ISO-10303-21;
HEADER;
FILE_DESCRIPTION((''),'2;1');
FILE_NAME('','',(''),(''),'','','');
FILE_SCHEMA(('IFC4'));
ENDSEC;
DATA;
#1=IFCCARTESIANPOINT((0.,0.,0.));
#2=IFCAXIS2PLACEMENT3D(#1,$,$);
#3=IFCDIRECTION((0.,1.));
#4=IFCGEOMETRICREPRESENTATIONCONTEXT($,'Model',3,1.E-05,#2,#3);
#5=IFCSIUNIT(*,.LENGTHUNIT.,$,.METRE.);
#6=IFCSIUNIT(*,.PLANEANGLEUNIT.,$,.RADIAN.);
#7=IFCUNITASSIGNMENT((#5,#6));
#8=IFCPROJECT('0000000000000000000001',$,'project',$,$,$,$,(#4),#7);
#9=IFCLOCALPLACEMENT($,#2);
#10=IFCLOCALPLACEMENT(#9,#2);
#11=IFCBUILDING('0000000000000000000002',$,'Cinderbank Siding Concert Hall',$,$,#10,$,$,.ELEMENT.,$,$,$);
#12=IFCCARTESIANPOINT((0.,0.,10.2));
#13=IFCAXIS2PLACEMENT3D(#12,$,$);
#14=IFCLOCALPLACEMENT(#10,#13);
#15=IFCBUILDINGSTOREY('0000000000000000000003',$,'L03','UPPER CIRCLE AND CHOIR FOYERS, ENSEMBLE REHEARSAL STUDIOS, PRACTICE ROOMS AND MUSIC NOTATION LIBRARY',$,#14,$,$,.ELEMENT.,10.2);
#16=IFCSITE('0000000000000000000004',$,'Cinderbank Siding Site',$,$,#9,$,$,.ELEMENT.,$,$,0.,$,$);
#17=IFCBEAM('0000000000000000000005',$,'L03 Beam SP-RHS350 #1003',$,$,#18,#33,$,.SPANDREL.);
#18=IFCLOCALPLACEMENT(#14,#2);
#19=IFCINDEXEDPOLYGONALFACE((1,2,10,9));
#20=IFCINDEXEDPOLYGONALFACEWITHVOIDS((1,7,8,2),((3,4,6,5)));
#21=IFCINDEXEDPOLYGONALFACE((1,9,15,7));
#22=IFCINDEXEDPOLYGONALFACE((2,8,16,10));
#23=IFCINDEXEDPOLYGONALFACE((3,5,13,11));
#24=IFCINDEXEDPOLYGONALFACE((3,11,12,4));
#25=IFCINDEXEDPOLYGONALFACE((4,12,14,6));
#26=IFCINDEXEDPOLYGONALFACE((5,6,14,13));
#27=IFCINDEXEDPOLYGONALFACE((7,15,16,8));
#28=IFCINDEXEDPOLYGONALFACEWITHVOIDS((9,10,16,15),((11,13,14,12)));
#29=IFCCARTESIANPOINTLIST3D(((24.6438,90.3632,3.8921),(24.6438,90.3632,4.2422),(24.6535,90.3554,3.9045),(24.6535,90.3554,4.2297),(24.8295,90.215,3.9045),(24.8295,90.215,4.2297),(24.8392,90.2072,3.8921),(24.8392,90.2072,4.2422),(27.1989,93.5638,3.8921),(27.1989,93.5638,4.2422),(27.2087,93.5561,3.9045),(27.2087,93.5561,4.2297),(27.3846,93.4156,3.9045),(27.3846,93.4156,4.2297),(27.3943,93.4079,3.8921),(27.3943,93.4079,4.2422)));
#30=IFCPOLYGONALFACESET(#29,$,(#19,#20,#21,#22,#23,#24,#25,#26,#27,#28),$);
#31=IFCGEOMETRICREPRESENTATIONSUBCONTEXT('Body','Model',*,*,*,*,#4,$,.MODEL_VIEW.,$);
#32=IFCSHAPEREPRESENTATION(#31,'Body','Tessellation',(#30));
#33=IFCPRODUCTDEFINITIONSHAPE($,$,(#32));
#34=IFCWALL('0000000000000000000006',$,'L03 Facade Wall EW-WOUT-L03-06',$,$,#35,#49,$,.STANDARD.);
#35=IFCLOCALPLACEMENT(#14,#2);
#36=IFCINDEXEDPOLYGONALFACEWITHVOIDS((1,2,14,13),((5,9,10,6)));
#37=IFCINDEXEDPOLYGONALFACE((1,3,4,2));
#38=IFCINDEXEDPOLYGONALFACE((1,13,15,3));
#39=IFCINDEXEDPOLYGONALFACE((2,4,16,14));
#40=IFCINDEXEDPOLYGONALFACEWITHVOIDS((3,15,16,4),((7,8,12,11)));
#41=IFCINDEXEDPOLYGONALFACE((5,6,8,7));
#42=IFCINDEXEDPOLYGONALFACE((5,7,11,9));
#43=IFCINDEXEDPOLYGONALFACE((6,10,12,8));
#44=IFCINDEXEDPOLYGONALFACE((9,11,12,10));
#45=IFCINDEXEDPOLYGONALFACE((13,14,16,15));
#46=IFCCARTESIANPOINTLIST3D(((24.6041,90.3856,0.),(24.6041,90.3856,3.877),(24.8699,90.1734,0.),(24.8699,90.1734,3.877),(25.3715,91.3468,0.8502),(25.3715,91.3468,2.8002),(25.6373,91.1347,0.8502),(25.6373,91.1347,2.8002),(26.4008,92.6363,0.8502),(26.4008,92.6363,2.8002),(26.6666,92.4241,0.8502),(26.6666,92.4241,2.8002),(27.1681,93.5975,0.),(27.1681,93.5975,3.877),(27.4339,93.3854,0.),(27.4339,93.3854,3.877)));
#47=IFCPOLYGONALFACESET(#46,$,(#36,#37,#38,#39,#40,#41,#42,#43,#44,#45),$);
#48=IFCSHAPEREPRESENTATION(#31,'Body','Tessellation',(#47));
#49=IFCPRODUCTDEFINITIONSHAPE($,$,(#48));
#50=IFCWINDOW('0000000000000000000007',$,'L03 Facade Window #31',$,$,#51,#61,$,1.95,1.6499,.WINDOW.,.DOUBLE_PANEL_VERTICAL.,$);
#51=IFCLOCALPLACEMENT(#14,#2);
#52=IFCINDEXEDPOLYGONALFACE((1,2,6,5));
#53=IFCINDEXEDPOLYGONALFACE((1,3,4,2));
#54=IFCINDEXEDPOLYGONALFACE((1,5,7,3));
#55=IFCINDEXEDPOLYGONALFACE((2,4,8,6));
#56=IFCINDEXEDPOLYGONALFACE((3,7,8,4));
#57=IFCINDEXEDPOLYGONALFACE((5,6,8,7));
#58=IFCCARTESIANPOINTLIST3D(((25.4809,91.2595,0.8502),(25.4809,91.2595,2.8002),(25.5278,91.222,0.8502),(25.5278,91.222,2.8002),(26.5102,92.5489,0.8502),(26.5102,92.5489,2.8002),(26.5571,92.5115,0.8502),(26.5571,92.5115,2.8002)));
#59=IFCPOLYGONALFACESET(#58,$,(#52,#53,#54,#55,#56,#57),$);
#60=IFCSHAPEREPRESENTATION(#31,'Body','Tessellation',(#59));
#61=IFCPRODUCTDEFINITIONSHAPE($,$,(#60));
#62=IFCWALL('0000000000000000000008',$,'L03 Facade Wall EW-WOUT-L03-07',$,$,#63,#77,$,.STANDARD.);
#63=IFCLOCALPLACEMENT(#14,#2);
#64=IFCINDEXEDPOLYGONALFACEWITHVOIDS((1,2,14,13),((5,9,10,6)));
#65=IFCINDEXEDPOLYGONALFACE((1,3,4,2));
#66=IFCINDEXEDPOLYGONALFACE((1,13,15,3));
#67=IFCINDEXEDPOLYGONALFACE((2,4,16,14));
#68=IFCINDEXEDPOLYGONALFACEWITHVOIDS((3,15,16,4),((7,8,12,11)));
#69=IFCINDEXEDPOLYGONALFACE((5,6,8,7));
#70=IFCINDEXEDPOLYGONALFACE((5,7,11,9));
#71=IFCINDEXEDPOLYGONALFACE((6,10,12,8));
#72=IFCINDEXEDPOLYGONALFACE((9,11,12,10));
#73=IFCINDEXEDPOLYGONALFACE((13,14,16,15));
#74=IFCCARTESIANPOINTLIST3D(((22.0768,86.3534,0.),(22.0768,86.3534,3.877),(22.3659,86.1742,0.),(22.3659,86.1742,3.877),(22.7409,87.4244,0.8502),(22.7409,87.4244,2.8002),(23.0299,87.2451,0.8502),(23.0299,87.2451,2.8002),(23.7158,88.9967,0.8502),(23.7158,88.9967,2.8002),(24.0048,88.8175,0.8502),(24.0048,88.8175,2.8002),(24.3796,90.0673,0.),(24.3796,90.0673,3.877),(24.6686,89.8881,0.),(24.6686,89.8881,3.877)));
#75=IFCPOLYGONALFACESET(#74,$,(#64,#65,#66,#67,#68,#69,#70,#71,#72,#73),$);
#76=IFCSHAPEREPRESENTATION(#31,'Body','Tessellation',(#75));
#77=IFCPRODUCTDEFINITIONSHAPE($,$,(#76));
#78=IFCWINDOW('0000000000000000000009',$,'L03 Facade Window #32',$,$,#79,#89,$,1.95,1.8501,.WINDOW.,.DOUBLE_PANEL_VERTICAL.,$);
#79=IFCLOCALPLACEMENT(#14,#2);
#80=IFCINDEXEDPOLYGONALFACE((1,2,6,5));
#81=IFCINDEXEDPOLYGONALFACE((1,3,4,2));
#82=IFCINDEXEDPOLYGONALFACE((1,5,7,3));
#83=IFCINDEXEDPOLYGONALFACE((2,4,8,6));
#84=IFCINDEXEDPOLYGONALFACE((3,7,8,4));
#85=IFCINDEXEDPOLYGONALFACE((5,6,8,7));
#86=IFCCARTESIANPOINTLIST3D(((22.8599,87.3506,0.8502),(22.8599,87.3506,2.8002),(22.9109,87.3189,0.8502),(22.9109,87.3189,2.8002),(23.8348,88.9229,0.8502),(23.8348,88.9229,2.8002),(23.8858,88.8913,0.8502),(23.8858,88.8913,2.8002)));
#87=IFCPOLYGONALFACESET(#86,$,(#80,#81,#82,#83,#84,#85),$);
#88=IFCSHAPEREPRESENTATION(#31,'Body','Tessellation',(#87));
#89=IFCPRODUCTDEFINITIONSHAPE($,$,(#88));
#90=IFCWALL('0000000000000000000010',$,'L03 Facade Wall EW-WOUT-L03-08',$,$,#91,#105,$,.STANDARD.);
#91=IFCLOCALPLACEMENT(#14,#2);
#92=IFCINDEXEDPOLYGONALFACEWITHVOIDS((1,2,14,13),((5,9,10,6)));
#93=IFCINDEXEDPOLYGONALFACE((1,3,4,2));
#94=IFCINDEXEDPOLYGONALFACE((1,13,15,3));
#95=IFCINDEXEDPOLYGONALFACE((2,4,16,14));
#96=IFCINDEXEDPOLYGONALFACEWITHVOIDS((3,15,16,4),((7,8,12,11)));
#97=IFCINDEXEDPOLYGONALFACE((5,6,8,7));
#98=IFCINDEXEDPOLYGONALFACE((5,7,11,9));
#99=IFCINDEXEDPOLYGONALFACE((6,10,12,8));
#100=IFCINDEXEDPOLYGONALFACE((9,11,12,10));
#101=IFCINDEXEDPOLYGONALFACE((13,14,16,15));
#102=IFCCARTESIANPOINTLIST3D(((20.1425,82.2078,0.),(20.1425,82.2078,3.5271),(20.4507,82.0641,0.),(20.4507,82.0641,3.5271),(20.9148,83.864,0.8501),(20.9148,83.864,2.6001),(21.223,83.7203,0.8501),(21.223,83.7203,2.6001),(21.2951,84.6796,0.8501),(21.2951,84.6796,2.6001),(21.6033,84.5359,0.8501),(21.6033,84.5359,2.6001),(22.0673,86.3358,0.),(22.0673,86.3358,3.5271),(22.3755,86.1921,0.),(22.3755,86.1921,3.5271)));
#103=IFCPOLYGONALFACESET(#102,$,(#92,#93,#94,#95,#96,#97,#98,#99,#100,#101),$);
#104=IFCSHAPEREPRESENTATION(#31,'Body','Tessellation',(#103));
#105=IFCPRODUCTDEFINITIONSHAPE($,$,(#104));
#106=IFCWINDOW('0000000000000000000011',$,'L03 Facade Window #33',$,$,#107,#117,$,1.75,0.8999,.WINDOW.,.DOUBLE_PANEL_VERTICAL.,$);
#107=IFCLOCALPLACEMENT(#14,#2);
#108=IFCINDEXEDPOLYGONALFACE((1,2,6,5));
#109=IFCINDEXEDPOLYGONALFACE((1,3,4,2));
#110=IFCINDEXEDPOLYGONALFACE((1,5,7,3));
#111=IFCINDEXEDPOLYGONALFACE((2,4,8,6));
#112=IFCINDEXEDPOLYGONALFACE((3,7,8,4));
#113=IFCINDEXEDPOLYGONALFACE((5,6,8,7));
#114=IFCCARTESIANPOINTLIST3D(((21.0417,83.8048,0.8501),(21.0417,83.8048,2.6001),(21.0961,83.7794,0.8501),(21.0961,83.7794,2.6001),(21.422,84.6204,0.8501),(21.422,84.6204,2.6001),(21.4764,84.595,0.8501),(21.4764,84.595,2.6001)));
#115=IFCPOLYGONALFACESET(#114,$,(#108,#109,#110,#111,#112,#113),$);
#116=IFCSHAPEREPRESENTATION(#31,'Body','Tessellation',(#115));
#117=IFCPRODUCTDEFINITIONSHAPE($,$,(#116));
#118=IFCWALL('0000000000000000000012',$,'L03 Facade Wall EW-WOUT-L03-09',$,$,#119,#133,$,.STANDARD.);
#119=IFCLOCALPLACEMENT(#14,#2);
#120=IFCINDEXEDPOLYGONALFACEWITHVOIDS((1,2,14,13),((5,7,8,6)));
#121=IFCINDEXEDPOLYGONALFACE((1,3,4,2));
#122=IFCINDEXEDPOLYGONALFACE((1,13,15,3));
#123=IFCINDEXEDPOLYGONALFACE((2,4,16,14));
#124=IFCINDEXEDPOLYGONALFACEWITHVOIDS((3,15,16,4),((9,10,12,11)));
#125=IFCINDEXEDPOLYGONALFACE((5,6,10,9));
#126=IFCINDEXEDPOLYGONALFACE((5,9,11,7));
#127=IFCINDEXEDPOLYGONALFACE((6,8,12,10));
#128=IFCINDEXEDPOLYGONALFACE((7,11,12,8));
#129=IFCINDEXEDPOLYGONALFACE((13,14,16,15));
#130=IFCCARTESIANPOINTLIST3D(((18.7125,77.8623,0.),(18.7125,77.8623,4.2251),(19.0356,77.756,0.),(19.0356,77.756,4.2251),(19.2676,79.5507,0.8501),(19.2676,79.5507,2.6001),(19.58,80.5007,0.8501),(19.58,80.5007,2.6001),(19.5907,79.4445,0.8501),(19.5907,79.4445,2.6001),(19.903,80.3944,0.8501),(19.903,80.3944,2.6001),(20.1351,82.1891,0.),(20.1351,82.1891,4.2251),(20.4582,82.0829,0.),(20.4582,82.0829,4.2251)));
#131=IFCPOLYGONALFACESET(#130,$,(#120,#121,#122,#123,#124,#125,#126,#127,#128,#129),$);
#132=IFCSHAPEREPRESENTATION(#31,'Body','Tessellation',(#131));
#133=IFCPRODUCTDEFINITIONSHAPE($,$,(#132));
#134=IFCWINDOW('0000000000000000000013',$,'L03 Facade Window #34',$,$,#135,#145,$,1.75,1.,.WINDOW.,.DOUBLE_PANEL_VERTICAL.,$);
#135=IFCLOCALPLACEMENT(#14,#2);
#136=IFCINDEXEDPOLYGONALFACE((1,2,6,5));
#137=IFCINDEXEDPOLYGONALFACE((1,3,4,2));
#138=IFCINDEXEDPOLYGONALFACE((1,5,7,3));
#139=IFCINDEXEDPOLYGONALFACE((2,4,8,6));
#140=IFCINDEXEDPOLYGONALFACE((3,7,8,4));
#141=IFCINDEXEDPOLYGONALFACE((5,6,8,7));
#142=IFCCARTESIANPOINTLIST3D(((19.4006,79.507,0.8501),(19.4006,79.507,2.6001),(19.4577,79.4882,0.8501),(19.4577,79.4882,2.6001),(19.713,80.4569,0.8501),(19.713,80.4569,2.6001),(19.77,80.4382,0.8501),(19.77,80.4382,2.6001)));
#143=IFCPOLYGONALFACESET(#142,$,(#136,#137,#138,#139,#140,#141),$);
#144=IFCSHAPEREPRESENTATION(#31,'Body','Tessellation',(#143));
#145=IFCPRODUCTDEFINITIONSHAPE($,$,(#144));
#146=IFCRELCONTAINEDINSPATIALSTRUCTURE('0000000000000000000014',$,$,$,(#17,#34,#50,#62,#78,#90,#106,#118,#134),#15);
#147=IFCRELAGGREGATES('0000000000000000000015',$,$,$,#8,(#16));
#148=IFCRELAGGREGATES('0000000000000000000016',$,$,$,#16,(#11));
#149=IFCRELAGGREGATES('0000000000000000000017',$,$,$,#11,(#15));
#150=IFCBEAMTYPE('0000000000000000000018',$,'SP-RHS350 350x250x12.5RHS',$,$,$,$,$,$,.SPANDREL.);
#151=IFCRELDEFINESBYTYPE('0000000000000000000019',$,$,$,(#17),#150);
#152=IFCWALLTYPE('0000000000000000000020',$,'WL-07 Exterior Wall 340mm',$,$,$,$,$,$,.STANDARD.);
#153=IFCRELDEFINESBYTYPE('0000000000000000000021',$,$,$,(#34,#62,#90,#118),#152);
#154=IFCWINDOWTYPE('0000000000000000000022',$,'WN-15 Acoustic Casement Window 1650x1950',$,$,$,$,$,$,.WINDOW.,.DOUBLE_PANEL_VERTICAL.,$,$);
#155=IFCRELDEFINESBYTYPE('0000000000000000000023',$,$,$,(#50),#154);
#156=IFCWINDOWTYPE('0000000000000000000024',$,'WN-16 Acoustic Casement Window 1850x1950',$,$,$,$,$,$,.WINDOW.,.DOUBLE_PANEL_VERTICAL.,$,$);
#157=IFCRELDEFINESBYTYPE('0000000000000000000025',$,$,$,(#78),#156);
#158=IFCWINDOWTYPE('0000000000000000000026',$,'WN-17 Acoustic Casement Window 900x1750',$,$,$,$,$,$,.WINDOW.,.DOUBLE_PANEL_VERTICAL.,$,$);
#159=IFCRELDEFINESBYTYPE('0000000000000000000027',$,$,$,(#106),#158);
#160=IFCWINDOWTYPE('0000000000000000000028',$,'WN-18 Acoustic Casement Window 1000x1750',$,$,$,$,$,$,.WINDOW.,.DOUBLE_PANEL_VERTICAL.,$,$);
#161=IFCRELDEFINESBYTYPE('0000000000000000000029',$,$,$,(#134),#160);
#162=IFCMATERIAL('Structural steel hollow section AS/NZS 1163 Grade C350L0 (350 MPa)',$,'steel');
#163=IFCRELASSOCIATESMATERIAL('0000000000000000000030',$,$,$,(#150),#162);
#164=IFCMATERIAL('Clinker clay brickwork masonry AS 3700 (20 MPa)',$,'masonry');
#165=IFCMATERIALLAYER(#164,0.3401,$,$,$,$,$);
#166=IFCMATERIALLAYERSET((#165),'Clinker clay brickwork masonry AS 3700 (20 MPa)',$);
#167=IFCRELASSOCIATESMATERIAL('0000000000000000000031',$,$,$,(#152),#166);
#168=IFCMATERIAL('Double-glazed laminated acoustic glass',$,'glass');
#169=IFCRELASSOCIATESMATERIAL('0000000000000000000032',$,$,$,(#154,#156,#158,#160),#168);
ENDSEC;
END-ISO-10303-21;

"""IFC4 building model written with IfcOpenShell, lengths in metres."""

from ifc_helpers import new_model, si_unit, direction, frame, frame_2d, origin, origin_2d, place, context, subcontext, project, spatial, rectangle, hollow_rectangle, extrude, material, layer, layer_set, material_profile, profile_set, type_object, element, fill, save


model = new_model("IFC4")

# Units and contexts
model_context = context("Model", 3, precision=1e-05, world=origin(), true_north=direction((0.0, 1.0)))
body_context = subcontext(model_context, "Body", "Model", "MODEL_VIEW")
ifc_project = project(units=[si_unit("LENGTHUNIT", "METRE"), si_unit("PLANEANGLEUNIT", "RADIAN")], contexts=[model_context])

# Site, building, storey
site_placement = place(None, origin())
site = spatial("IfcSite", under=ifc_project, at=site_placement, Name="Cinderbank Siding Site", CompositionType="ELEMENT", RefElevation=0.0)
building_placement = place(site_placement, origin())
building = spatial("IfcBuilding", under=site, at=building_placement, Name="Cinderbank Siding Concert Hall", CompositionType="ELEMENT")
storey_placement = place(building_placement, frame((0.0, 0.0, 10.2)))
storey = spatial("IfcBuildingStorey", under=building, at=storey_placement, Name="L03", Description="UPPER CIRCLE AND CHOIR FOYERS, ENSEMBLE REHEARSAL STUDIOS, PRACTICE ROOMS AND MUSIC NOTATION LIBRARY", CompositionType="ELEMENT", Elevation=10.2)

# Beam
ifc_material_1 = material(Name="Structural steel hollow section AS/NZS 1163 Grade C350L0 (350 MPa)", Category="steel")
ifc_material_profile_1 = material_profile(ifc_material_1, hollow_rectangle(XDim=0.25, YDim=0.3501, WallThickness=0.0125, at=origin_2d()), Name="350x250x12.5RHS", Category="LoadBearing")
ifc_profile_set_1 = profile_set([ifc_material_profile_1], Name="Structural steel hollow section AS/NZS 1163 Grade C350L0 (350 MPa)")
beam_type_1 = type_object("IfcBeamType", Name="SP-RHS350 350x250x12.5RHS", PredefinedType="SPANDREL", material=ifc_profile_set_1)
beam_1_placement = place(storey_placement, frame((27.2966, 93.4858, 4.0671), z_axis=(-0.623895, -0.781508, 0.0), x_axis=(0.781508, -0.623895, 0.0)))
element("IfcBeam", 1, at=beam_1_placement, inside=storey, type_object=beam_type_1, Name="L03 Beam SP-RHS350 #1003", PredefinedType="SPANDREL", context=body_context, shape_type="SweptSolid", body=[
    extrude(hollow_rectangle(XDim=0.25, YDim=0.3501, WallThickness=0.0125, at=origin_2d()), origin(), (0.0, 0.0, 1.0), 4.0955),
])

# Walls, openings, windows
ifc_material_2 = material(Name="Clinker clay brickwork masonry AS 3700 (20 MPa)", Category="masonry")
ifc_layer_1 = layer(ifc_material_2, 0.3401)
ifc_layer_set_1 = layer_set([ifc_layer_1], Name="Clinker clay brickwork masonry AS 3700 (20 MPa)")
wall_type_1 = type_object("IfcWallType", Name="WL-07 Exterior Wall 340mm", PredefinedType="STANDARD", material=ifc_layer_set_1)
wall_1_placement = place(storey_placement, frame((27.301, 93.4915, 0.0), z_axis=(0.0, 0.0, 1.0), x_axis=(-0.623869, -0.781529, 0.0)))
wall_1 = element("IfcWall", 2, at=wall_1_placement, inside=storey, type_object=wall_type_1, Name="L03 Facade Wall EW-WOUT-L03-06", PredefinedType="STANDARD", context=body_context, shape_type="SweptSolid", body=[
    extrude(rectangle(XDim=4.1099, YDim=0.3401, at=frame_2d((2.0549, 0.0))), origin(), (0.0, 0.0, 1.0), 3.877),
])
opening_1_placement = place(wall_1_placement, frame((1.23, 0.0, 0.8501)))
opening_1 = element("IfcOpeningElement", 3, at=opening_1_placement, cuts=wall_1, PredefinedType="OPENING", context=body_context, shape_type="SweptSolid", body=[
    extrude(rectangle(XDim=1.6499, YDim=1.95, at=frame_2d((0.825, 0.9751))), frame((0.0, 0.1821, 0.0), z_axis=(0.0, -1.0, 0.0), x_axis=(1.0, 0.0, 0.0)), (0.0, 0.0, 1.0), 0.364),
])
ifc_material_3 = material(Name="Double-glazed laminated acoustic glass", Category="glass")
window_type_1 = type_object("IfcWindowType", Name="WN-15 Acoustic Casement Window 1650x1950", PartitioningType="DOUBLE_PANEL_VERTICAL", PredefinedType="WINDOW", material=ifc_material_3)
window_1_placement = place(opening_1_placement, origin())
window_1 = element("IfcWindow", 4, at=window_1_placement, inside=storey, type_object=window_type_1, Name="L03 Facade Window #31", OverallHeight=1.95, OverallWidth=1.6499, PartitioningType="DOUBLE_PANEL_VERTICAL", PredefinedType="WINDOW", context=body_context, shape_type="SweptSolid", body=[
    extrude(rectangle(XDim=1.6499, YDim=1.95, at=frame_2d((0.825, 0.9751))), frame((0.0, 0.03, 0.0), z_axis=(0.0, -1.0, 0.0), x_axis=(1.0, 0.0, 0.0)), (0.0, 0.0, 1.0), 0.0601),
])
fill(opening_1, window_1)
wall_2_placement = place(storey_placement, frame((24.5242, 89.9778, 0.0), z_axis=(0.0, 0.0, 1.0), x_axis=(-0.526962, -0.849889, 0.0)))
wall_2 = element("IfcWall", 5, at=wall_2_placement, inside=storey, type_object=wall_type_1, Name="L03 Facade Wall EW-WOUT-L03-07", PredefinedType="STANDARD", context=body_context, shape_type="SweptSolid", body=[
    extrude(rectangle(XDim=4.3699, YDim=0.3401, at=frame_2d((2.1851, 0.0))), origin(), (0.0, 0.0, 1.0), 3.877),
])
opening_2_placement = place(wall_2_placement, frame((1.2598, 0.0, 0.8501)))
opening_2 = element("IfcOpeningElement", 6, at=opening_2_placement, cuts=wall_2, PredefinedType="OPENING", context=body_context, shape_type="SweptSolid", body=[
    extrude(rectangle(XDim=1.8501, YDim=1.95, at=frame_2d((0.925, 0.9751))), frame((0.0, 0.1821, 0.0), z_axis=(0.0, -1.0, 0.0), x_axis=(1.0, 0.0, 0.0)), (0.0, 0.0, 1.0), 0.364),
])
window_type_2 = type_object("IfcWindowType", Name="WN-16 Acoustic Casement Window 1850x1950", PartitioningType="DOUBLE_PANEL_VERTICAL", PredefinedType="WINDOW", material=ifc_material_3)
window_2_placement = place(opening_2_placement, origin())
window_2 = element("IfcWindow", 7, at=window_2_placement, inside=storey, type_object=window_type_2, Name="L03 Facade Window #32", OverallHeight=1.95, OverallWidth=1.8501, PartitioningType="DOUBLE_PANEL_VERTICAL", PredefinedType="WINDOW", context=body_context, shape_type="SweptSolid", body=[
    extrude(rectangle(XDim=1.8501, YDim=1.95, at=frame_2d((0.925, 0.9751))), frame((0.0, 0.03, 0.0), z_axis=(0.0, -1.0, 0.0), x_axis=(1.0, 0.0, 0.0)), (0.0, 0.0, 1.0), 0.0601),
])
fill(opening_2, window_2)
wall_3_placement = place(storey_placement, frame((22.2214, 86.2639, 0.0), z_axis=(0.0, 0.0, 1.0), x_axis=(-0.422604, -0.906315, 0.0)))
wall_3 = element("IfcWall", 8, at=wall_3_placement, inside=storey, type_object=wall_type_1, Name="L03 Facade Wall EW-WOUT-L03-08", PredefinedType="STANDARD", context=body_context, shape_type="SweptSolid", body=[
    extrude(rectangle(XDim=4.5547, YDim=0.3401, at=frame_2d((2.2773, 0.0))), origin(), (0.0, 0.0, 1.0), 3.5271),
])
opening_3_placement = place(wall_3_placement, frame((1.8274, 0.0, 0.8501)))
opening_3 = element("IfcOpeningElement", 9, at=opening_3_placement, cuts=wall_3, PredefinedType="OPENING", context=body_context, shape_type="SweptSolid", body=[
    extrude(rectangle(XDim=0.8999, YDim=1.75, at=frame_2d((0.45, 0.875))), frame((0.0, 0.1821, 0.0), z_axis=(0.0, -1.0, 0.0), x_axis=(1.0, 0.0, 0.0)), (0.0, 0.0, 1.0), 0.364),
])
window_type_3 = type_object("IfcWindowType", Name="WN-17 Acoustic Casement Window 900x1750", PartitioningType="DOUBLE_PANEL_VERTICAL", PredefinedType="WINDOW", material=ifc_material_3)
window_3_placement = place(opening_3_placement, origin())
window_3 = element("IfcWindow", 10, at=window_3_placement, inside=storey, type_object=window_type_3, Name="L03 Facade Window #33", OverallHeight=1.75, OverallWidth=0.8999, PartitioningType="DOUBLE_PANEL_VERTICAL", PredefinedType="WINDOW", context=body_context, shape_type="SweptSolid", body=[
    extrude(rectangle(XDim=0.8999, YDim=1.75, at=frame_2d((0.45, 0.875))), frame((0.0, 0.03, 0.0), z_axis=(0.0, -1.0, 0.0), x_axis=(1.0, 0.0, 0.0)), (0.0, 0.0, 1.0), 0.0601),
])
fill(opening_3, window_3)
wall_4_placement = place(storey_placement, frame((20.2966, 82.136, 0.0), z_axis=(0.0, 0.0, 1.0), x_axis=(-0.312334, -0.949972, 0.0)))
wall_4 = element("IfcWall", 11, at=wall_4_placement, inside=storey, type_object=wall_type_1, Name="L03 Facade Wall EW-WOUT-L03-09", PredefinedType="STANDARD", context=body_context, shape_type="SweptSolid", body=[
    extrude(rectangle(XDim=4.5547, YDim=0.3401, at=frame_2d((2.2773, 0.0))), origin(), (0.0, 0.0, 1.0), 4.2251),
])
opening_4_placement = place(wall_4_placement, frame((1.7773, 0.0, 0.8501)))
opening_4 = element("IfcOpeningElement", 12, at=opening_4_placement, cuts=wall_4, PredefinedType="OPENING", context=body_context, shape_type="SweptSolid", body=[
    extrude(rectangle(XDim=1.0, YDim=1.75, at=frame_2d((0.5, 0.875))), frame((0.0, 0.1821, 0.0), z_axis=(0.0, -1.0, 0.0), x_axis=(1.0, 0.0, 0.0)), (0.0, 0.0, 1.0), 0.364),
])
window_type_4 = type_object("IfcWindowType", Name="WN-18 Acoustic Casement Window 1000x1750", PartitioningType="DOUBLE_PANEL_VERTICAL", PredefinedType="WINDOW", material=ifc_material_3)
window_4_placement = place(opening_4_placement, origin())
window_4 = element("IfcWindow", 13, at=window_4_placement, inside=storey, type_object=window_type_4, Name="L03 Facade Window #34", OverallHeight=1.75, OverallWidth=1.0, PartitioningType="DOUBLE_PANEL_VERTICAL", PredefinedType="WINDOW", context=body_context, shape_type="SweptSolid", body=[
    extrude(rectangle(XDim=1.0, YDim=1.75, at=frame_2d((0.5, 0.875))), frame((0.0, 0.03, 0.0), z_axis=(0.0, -1.0, 0.0), x_axis=(1.0, 0.0, 0.0)), (0.0, 0.0, 1.0), 0.0601),
])
fill(opening_4, window_4)

save(model, "model.ifc")
